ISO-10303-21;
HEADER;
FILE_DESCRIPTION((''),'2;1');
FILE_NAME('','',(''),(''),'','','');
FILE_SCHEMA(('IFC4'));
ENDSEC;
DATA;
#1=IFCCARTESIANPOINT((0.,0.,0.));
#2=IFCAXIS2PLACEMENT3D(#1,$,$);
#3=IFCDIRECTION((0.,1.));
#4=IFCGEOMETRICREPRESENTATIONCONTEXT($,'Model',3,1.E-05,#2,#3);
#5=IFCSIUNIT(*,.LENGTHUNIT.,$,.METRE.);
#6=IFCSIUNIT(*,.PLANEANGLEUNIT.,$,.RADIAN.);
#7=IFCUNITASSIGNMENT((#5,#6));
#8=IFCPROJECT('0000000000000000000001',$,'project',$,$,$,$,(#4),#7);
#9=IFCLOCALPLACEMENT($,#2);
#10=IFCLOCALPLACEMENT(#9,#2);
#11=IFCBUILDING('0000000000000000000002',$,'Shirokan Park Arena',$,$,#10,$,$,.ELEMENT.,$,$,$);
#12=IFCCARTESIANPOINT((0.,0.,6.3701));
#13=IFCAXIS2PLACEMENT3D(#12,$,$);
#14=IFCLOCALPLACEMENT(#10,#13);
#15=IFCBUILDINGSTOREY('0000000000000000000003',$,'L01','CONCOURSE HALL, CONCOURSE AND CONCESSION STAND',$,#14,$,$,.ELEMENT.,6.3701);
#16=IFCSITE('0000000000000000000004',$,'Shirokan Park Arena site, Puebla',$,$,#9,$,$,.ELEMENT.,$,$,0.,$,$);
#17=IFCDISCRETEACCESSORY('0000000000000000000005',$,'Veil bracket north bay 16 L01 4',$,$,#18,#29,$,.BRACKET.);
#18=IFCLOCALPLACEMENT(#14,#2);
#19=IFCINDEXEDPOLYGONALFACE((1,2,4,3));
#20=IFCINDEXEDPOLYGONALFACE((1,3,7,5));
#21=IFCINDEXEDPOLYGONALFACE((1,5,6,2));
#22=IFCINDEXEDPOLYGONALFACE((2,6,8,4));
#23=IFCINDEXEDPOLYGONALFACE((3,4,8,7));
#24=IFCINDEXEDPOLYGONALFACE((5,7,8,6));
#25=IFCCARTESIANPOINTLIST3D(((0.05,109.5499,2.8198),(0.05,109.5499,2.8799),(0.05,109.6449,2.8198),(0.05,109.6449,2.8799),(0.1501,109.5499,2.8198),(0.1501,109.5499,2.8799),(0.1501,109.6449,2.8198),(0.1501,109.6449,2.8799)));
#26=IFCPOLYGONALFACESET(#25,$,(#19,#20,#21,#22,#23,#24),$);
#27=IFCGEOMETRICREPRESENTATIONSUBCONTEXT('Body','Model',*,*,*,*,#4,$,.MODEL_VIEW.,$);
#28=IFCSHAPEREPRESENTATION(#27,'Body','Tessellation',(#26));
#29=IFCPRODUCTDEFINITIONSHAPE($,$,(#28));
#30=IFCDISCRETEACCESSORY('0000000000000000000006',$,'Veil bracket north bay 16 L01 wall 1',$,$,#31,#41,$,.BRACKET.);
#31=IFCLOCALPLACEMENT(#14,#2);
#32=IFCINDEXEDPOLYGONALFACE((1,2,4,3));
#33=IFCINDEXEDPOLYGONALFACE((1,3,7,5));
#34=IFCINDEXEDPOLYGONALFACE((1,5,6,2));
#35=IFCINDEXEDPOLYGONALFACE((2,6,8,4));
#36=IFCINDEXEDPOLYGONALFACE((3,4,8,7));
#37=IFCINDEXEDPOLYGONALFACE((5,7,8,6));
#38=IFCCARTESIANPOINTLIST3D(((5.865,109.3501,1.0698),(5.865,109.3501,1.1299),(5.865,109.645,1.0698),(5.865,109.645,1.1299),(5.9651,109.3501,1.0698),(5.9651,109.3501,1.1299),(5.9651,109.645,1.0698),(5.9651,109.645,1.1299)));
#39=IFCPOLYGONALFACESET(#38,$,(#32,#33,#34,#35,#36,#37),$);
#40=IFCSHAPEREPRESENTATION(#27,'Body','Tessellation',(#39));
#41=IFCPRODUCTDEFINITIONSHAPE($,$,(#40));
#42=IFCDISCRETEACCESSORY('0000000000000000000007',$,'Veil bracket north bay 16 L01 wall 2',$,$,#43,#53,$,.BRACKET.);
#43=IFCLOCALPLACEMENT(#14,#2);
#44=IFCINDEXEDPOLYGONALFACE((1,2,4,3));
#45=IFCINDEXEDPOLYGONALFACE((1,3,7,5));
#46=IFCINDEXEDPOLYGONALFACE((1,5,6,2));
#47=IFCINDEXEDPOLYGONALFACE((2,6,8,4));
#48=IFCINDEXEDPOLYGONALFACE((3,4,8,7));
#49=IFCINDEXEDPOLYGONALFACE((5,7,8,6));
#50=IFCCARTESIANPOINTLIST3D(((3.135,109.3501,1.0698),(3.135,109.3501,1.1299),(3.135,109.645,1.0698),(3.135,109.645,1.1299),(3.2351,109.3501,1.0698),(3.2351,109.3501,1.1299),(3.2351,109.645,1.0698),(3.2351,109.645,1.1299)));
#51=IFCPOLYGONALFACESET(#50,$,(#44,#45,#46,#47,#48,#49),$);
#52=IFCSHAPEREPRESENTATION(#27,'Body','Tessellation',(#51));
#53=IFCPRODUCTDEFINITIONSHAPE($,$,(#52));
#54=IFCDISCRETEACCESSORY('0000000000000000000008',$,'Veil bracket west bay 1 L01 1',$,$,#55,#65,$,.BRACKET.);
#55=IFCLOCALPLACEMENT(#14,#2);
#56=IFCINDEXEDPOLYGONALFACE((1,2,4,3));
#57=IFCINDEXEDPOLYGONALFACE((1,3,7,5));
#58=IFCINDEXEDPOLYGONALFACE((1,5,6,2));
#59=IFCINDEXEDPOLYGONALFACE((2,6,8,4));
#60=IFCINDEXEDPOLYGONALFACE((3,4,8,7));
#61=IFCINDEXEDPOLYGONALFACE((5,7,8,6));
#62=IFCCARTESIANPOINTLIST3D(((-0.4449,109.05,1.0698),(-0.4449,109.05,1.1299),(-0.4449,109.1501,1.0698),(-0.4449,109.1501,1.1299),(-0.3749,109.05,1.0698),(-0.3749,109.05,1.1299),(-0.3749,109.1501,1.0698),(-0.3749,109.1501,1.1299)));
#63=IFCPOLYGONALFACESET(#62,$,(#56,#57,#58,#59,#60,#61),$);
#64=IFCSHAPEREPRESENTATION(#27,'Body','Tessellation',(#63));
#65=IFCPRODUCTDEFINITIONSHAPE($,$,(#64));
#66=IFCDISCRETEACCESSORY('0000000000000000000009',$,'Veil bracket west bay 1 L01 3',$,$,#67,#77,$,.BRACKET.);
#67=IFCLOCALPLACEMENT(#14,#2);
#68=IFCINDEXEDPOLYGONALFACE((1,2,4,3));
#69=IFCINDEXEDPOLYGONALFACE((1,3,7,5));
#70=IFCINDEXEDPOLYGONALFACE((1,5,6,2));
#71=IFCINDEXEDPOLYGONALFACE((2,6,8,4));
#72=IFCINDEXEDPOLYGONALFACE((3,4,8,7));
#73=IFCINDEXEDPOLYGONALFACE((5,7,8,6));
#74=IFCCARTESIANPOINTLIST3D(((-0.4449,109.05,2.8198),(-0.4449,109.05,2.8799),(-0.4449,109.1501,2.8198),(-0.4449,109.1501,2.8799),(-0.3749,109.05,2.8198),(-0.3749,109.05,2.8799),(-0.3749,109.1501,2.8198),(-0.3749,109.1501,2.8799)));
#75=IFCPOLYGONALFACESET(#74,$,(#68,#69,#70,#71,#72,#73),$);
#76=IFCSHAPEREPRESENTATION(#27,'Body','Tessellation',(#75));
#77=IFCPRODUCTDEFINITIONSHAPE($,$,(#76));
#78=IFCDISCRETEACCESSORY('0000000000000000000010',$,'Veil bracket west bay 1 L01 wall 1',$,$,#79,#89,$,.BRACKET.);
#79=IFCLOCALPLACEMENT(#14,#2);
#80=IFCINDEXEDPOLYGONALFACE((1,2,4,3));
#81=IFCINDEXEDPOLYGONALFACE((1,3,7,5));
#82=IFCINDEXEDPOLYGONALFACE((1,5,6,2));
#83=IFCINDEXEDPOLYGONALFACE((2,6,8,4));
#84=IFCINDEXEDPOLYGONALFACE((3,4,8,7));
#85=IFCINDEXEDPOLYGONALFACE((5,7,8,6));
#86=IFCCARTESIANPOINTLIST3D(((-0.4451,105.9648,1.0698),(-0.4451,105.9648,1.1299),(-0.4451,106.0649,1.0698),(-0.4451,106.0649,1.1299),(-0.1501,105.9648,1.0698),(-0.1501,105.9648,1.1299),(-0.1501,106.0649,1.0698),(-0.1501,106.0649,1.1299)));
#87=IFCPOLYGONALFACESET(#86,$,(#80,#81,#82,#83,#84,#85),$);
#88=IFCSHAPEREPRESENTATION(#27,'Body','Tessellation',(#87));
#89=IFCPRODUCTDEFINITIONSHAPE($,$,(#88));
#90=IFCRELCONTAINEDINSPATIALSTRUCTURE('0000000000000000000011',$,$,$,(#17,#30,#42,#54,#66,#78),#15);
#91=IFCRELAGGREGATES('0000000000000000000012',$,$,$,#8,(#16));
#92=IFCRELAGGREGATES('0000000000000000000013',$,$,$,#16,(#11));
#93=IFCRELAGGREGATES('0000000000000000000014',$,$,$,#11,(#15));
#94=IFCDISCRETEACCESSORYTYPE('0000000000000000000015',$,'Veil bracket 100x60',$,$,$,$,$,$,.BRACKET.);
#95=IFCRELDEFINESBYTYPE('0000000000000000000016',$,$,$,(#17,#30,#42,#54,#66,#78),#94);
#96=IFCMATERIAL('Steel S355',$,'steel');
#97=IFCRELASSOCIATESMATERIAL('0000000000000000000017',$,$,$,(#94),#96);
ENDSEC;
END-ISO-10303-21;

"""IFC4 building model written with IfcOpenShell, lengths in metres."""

from ifc_helpers import new_model, si_unit, direction, frame, origin, origin_2d, place, context, subcontext, project, spatial, rectangle, extrude, material, type_object, element, save


model = new_model("IFC4")

# Units and contexts
model_context = context("Model", 3, precision=1e-05, world=origin(), true_north=direction((0.0, 1.0)))
body_context = subcontext(model_context, "Body", "Model", "MODEL_VIEW")
ifc_project = project(units=[si_unit("LENGTHUNIT", "METRE"), si_unit("PLANEANGLEUNIT", "RADIAN")], contexts=[model_context])

# Site, building, storey
site_placement = place(None, origin())
site = spatial("IfcSite", under=ifc_project, at=site_placement, Name="Shirokan Park Arena site, Puebla", CompositionType="ELEMENT", RefElevation=0.0)
building_placement = place(site_placement, origin())
building = spatial("IfcBuilding", under=site, at=building_placement, Name="Shirokan Park Arena", CompositionType="ELEMENT")
storey_placement = place(building_placement, frame((0.0, 0.0, 6.3701)))
storey = spatial("IfcBuildingStorey", under=building, at=storey_placement, Name="L01", Description="CONCOURSE HALL, CONCOURSE AND CONCESSION STAND", CompositionType="ELEMENT", Elevation=6.3701)

# Discrete accessories
ifc_material_1 = material(Name="Steel S355", Category="steel")
discrete_accessory_type = type_object("IfcDiscreteAccessoryType", Name="Veil bracket 100x60", PredefinedType="BRACKET", material=ifc_material_1)
for number, where, z_axis, x_axis, name in (
    (1, (0.1001, 109.5974, 2.8198), (0.0, 0.0, 1.0), (-1.0, 0.0, 0.0), "Veil bracket north bay 16 L01 4"),
):
    element("IfcDiscreteAccessory", number, at=place(storey_placement, frame(where, z_axis=z_axis, x_axis=x_axis)), inside=storey, type_object=discrete_accessory_type, Name=name, PredefinedType="BRACKET", context=body_context, shape_type="SweptSolid", body=[
        extrude(rectangle(XDim=0.1001, YDim=0.095, at=origin_2d()), origin(), (0.0, 0.0, 1.0), 0.0601),
    ])
for number, where, z_axis, x_axis, name in (
    (2, (5.915, 109.4976, 1.0698), (0.0, 0.0, 1.0), (-1.0, 0.0, 0.0), "Veil bracket north bay 16 L01 wall 1"),
    (3, (3.1851, 109.4976, 1.0698), (0.0, 0.0, 1.0), (-1.0, 0.0, 0.0), "Veil bracket north bay 16 L01 wall 2"),
):
    element("IfcDiscreteAccessory", number, at=place(storey_placement, frame(where, z_axis=z_axis, x_axis=x_axis)), inside=storey, type_object=discrete_accessory_type, Name=name, PredefinedType="BRACKET", context=body_context, shape_type="SweptSolid", body=[
        extrude(rectangle(XDim=0.1001, YDim=0.2949, at=origin_2d()), origin(), (0.0, 0.0, 1.0), 0.0601),
    ])
for number, where, z_axis, x_axis, name in (
    (4, (-0.4099, 109.1001, 1.0698), (0.0, 0.0, 1.0), (0.0, -1.0, 0.0), "Veil bracket west bay 1 L01 1"),
    (5, (-0.4099, 109.1001, 2.8198), (0.0, 0.0, 1.0), (0.0, -1.0, 0.0), "Veil bracket west bay 1 L01 3"),
):
    element("IfcDiscreteAccessory", number, at=place(storey_placement, frame(where, z_axis=z_axis, x_axis=x_axis)), inside=storey, type_object=discrete_accessory_type, Name=name, PredefinedType="BRACKET", context=body_context, shape_type="SweptSolid", body=[
        extrude(rectangle(XDim=0.1001, YDim=0.0701, at=origin_2d()), origin(), (0.0, 0.0, 1.0), 0.0601),
    ])
discrete_accessory_placement = place(storey_placement, frame((-0.2976, 106.0149, 1.0698), z_axis=(0.0, 0.0, 1.0), x_axis=(0.0, -1.0, 0.0)))
element("IfcDiscreteAccessory", 6, at=discrete_accessory_placement, inside=storey, type_object=discrete_accessory_type, Name="Veil bracket west bay 1 L01 wall 1", PredefinedType="BRACKET", context=body_context, shape_type="SweptSolid", body=[
    extrude(rectangle(XDim=0.1001, YDim=0.2949, at=origin_2d()), origin(), (0.0, 0.0, 1.0), 0.0601),
])

save(model, "model.ifc")
